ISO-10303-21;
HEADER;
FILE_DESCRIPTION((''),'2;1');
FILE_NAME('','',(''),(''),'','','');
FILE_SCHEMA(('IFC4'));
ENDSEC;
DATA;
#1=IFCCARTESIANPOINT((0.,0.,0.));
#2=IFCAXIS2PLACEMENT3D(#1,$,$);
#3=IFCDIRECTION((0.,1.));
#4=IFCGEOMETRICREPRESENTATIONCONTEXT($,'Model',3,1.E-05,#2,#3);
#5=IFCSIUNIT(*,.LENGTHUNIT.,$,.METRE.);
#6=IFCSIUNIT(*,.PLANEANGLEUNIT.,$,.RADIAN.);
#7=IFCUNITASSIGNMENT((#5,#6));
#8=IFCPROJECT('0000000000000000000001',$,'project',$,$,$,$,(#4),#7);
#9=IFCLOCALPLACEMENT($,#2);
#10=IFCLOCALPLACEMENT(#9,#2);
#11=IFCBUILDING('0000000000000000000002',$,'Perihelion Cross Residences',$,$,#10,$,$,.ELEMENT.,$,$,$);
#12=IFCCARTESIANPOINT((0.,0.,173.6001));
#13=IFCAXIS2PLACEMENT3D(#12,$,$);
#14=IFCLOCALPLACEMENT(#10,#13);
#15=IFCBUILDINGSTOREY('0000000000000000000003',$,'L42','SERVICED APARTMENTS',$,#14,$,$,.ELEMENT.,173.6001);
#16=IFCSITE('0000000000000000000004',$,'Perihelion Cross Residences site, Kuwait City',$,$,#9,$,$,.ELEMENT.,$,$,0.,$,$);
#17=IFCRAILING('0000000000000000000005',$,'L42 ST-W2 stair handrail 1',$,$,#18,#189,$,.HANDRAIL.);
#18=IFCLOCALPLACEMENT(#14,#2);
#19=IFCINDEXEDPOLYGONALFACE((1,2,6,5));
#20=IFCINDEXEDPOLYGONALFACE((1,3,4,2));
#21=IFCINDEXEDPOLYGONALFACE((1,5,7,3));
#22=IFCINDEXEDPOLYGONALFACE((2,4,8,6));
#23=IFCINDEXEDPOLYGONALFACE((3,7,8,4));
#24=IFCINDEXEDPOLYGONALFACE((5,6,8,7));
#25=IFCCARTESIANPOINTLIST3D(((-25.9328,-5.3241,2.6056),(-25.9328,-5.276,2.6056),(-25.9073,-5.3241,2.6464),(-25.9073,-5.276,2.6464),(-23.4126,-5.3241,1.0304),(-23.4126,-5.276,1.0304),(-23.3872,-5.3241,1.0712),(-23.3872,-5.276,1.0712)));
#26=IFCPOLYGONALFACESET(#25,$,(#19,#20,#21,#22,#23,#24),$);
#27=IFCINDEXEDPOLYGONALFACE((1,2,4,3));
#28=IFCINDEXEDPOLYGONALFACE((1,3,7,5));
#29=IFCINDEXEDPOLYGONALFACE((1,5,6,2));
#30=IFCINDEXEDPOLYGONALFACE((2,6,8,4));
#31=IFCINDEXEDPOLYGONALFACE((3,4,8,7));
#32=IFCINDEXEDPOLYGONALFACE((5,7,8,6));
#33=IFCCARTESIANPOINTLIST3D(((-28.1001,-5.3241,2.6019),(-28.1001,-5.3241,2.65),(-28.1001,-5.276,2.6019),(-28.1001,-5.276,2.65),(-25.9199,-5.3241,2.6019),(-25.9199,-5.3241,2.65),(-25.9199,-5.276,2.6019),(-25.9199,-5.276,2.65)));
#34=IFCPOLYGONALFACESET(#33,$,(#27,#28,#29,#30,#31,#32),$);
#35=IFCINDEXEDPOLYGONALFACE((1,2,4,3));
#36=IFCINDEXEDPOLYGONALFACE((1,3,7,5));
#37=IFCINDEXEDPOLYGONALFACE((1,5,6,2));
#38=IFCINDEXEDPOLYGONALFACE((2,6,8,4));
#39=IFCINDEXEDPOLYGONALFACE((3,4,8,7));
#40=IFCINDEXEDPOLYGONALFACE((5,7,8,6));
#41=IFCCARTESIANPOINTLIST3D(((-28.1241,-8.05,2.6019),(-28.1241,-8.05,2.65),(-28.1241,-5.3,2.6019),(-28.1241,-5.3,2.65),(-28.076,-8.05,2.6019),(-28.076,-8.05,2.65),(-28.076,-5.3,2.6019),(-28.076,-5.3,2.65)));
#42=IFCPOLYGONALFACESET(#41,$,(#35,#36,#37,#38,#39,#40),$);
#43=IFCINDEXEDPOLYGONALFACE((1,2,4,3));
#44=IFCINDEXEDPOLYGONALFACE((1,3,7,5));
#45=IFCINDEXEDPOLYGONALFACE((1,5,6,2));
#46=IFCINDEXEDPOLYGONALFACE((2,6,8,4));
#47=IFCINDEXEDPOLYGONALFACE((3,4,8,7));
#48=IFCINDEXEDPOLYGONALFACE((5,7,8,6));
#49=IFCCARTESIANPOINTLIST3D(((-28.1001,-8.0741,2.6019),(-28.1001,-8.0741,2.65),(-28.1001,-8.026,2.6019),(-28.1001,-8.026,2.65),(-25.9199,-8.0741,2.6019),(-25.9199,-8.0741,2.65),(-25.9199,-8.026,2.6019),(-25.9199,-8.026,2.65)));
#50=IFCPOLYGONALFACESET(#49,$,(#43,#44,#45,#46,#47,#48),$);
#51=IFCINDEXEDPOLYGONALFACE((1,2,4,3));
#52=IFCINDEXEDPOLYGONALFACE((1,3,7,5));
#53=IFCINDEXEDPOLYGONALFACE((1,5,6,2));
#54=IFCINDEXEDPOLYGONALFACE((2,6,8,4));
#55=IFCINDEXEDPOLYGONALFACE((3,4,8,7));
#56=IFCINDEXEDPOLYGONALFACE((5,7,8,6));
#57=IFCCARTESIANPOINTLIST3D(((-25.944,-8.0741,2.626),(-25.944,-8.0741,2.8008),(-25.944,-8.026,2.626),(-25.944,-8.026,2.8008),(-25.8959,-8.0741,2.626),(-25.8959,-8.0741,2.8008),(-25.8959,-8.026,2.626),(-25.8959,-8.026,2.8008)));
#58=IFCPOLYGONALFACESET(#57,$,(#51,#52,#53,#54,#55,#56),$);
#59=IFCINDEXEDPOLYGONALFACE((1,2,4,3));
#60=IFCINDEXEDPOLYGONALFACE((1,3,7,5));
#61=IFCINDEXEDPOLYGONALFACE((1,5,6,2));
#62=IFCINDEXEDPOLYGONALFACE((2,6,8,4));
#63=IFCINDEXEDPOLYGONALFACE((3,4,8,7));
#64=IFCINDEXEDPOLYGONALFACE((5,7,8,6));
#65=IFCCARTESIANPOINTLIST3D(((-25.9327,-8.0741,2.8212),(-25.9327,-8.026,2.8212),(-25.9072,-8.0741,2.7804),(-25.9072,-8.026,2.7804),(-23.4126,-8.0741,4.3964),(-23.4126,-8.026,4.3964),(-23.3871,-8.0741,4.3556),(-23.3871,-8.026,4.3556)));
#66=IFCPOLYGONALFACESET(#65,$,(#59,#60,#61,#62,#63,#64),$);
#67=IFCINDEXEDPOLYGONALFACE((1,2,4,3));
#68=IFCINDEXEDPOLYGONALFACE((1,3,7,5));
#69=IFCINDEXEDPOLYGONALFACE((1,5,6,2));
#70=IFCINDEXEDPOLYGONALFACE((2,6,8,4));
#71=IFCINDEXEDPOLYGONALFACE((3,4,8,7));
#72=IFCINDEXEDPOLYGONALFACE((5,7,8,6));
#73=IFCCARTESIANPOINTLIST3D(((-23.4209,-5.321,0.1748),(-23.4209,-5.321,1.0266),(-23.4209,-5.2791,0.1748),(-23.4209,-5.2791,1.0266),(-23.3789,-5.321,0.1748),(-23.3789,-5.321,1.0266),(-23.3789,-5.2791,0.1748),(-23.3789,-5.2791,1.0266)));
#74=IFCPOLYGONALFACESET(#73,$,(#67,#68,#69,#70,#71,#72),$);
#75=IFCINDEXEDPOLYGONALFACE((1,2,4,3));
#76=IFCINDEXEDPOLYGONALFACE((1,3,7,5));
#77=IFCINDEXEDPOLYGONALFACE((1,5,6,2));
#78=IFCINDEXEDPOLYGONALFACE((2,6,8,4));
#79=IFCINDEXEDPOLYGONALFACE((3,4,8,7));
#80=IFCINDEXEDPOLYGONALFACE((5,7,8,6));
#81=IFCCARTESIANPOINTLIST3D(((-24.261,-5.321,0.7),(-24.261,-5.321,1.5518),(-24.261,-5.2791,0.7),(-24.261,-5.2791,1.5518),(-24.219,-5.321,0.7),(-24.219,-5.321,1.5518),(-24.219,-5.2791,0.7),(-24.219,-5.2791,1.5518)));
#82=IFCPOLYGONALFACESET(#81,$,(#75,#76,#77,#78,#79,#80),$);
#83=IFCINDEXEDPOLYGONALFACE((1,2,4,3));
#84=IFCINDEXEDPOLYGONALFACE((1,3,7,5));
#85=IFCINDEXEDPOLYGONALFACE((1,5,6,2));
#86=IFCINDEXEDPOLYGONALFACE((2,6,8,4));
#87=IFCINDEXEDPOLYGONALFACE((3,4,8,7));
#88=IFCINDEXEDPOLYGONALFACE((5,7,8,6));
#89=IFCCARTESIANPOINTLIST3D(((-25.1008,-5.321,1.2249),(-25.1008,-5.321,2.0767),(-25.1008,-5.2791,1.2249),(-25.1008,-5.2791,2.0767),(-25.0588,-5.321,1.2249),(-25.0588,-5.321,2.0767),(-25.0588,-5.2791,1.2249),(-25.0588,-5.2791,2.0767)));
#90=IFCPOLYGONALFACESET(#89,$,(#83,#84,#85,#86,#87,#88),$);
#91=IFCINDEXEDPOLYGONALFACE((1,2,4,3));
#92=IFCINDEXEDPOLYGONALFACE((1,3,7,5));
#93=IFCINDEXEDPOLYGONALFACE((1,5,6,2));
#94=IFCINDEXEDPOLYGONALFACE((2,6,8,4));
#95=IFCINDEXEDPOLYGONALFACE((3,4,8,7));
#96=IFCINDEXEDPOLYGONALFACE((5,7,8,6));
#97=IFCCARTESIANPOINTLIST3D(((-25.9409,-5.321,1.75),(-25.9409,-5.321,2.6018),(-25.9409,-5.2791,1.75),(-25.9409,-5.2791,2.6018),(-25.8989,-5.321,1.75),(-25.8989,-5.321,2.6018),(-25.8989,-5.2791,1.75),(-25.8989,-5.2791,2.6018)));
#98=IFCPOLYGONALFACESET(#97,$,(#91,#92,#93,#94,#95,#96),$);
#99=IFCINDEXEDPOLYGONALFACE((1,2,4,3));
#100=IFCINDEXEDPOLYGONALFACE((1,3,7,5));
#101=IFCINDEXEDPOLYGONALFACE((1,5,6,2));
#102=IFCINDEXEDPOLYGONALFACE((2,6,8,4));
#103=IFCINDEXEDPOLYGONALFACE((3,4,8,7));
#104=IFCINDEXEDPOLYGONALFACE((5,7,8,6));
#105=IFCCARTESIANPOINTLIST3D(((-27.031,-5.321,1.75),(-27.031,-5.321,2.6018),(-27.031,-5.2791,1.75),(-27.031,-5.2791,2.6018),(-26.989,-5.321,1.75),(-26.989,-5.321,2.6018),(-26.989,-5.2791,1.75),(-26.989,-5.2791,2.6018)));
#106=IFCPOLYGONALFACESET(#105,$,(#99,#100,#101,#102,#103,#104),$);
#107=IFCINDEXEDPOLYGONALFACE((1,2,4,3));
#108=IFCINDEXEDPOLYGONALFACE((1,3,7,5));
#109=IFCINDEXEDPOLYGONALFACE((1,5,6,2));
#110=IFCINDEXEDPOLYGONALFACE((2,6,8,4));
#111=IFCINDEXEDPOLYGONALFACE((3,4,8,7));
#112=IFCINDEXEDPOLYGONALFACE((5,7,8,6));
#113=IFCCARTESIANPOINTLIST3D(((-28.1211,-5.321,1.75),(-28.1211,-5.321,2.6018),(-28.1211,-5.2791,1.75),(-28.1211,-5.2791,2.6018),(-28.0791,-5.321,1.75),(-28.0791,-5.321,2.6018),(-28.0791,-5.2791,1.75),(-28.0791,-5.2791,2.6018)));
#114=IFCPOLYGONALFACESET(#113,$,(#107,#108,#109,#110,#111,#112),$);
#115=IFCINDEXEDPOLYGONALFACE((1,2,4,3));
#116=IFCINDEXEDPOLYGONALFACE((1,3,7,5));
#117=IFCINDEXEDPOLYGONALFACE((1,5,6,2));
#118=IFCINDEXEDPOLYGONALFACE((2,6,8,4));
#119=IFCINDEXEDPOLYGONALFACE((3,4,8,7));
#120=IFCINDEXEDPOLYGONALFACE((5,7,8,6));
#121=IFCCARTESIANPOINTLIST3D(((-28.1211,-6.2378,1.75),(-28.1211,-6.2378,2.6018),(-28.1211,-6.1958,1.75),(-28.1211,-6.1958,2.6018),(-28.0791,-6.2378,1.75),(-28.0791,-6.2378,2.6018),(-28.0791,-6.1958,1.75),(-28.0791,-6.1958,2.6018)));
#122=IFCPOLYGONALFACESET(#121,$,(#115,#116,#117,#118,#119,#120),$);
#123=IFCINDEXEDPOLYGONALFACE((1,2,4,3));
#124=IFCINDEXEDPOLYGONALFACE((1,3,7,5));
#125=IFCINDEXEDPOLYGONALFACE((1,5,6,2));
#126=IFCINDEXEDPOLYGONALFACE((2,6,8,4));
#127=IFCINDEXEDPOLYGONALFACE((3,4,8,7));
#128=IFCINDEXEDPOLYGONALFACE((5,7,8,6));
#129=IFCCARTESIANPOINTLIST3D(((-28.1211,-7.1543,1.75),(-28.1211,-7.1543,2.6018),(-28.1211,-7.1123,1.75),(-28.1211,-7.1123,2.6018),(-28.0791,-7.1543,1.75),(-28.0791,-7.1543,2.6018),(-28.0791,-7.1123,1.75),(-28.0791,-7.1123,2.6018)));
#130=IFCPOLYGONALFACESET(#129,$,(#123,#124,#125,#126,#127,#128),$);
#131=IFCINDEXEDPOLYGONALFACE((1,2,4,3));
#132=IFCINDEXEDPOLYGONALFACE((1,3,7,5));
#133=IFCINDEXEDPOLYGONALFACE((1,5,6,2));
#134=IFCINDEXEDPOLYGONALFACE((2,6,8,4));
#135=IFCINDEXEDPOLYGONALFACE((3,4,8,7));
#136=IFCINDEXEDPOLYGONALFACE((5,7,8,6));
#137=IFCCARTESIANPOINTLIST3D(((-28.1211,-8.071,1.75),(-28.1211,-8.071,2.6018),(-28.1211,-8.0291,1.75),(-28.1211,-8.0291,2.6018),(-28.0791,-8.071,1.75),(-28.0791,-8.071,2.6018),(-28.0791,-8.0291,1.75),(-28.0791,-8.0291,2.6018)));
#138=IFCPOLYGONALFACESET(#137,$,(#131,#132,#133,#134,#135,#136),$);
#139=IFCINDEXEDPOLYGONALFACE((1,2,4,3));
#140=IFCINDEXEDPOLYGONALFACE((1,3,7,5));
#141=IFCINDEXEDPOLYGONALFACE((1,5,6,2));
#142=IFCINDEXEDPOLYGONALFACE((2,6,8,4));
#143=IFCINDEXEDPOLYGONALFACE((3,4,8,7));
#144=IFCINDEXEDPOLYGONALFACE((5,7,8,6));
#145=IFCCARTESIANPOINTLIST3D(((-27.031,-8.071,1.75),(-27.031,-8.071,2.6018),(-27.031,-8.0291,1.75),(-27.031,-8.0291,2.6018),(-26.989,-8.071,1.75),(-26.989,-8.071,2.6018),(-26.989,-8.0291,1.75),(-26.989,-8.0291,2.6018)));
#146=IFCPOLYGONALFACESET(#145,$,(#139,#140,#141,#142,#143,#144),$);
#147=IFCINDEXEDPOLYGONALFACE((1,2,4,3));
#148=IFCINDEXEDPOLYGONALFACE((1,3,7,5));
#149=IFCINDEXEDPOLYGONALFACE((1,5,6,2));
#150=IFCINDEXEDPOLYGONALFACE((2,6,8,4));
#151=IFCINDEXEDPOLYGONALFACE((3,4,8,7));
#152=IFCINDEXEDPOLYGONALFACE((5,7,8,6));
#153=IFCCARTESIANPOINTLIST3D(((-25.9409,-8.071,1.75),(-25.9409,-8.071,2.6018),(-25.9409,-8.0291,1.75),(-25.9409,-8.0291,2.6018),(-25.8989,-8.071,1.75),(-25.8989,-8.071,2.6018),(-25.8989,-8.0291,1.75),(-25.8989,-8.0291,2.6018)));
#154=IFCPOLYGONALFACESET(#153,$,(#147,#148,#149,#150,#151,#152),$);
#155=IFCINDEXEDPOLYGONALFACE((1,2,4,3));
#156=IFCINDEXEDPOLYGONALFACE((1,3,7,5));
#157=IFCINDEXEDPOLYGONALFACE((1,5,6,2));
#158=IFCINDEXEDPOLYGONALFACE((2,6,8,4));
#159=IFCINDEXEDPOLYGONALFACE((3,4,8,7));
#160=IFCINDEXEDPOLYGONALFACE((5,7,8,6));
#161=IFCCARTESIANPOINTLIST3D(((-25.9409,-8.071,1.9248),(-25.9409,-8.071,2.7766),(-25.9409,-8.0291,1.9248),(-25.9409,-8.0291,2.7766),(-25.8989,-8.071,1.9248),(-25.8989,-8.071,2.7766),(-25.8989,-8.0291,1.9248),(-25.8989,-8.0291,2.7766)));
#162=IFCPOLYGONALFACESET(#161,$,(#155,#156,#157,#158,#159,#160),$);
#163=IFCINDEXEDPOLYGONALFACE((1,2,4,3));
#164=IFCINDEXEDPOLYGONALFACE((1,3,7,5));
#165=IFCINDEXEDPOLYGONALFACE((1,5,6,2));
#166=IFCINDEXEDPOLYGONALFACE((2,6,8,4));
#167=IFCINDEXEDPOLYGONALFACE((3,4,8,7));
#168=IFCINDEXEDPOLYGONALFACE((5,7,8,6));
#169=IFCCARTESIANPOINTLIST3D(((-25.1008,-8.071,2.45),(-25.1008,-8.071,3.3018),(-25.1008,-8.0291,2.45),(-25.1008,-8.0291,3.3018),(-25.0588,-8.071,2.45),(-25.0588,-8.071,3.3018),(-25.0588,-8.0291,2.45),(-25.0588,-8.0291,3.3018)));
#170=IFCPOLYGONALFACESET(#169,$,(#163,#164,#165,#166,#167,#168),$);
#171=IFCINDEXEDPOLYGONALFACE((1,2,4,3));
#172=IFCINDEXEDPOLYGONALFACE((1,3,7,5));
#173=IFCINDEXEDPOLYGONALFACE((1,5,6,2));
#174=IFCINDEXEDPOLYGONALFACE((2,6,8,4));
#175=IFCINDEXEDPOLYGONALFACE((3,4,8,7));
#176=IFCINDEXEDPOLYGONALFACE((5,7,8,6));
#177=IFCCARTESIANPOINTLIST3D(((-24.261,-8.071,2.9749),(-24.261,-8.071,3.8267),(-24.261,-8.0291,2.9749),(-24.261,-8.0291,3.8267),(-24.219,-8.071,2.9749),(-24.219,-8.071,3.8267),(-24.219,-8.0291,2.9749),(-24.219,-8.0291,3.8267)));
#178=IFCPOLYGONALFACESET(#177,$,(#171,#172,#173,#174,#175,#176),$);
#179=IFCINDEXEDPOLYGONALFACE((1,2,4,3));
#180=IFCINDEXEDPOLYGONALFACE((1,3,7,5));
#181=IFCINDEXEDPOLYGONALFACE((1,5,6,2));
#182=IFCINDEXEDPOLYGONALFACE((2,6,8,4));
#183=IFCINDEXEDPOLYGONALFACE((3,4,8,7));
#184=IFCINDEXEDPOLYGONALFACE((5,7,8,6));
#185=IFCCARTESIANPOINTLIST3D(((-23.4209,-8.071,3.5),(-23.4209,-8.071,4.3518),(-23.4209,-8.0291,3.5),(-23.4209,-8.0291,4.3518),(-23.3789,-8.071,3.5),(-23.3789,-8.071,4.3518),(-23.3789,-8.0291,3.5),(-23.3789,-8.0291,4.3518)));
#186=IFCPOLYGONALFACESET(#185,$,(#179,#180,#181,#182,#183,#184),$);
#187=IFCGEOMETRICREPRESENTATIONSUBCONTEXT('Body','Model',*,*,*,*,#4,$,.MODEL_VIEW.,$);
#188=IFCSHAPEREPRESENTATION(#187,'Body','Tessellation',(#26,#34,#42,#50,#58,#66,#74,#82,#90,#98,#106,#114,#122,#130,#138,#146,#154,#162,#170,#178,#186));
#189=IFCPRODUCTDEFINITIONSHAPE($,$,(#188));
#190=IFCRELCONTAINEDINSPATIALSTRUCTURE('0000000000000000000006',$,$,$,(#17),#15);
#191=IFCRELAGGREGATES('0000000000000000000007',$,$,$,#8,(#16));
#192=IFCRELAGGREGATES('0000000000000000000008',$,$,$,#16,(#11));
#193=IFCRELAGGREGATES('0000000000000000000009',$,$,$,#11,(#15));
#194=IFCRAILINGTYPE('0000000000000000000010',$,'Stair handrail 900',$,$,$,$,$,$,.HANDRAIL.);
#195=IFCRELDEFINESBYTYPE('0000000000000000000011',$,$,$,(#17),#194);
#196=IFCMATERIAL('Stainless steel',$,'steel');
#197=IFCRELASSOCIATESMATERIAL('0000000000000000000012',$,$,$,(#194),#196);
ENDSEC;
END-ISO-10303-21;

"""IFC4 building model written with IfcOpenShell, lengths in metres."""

from ifc_helpers import new_model, si_unit, direction, frame, origin, origin_2d, place, context, subcontext, project, spatial, rectangle, extrude, material, type_object, element, save


model = new_model("IFC4")

# Units and contexts
model_context = context("Model", 3, precision=1e-05, world=origin(), true_north=direction((0.0, 1.0)))
body_context = subcontext(model_context, "Body", "Model", "MODEL_VIEW")
ifc_project = project(units=[si_unit("LENGTHUNIT", "METRE"), si_unit("PLANEANGLEUNIT", "RADIAN")], contexts=[model_context])

# Site, building, storey
site_placement = place(None, origin())
site = spatial("IfcSite", under=ifc_project, at=site_placement, Name="Perihelion Cross Residences site, Kuwait City", CompositionType="ELEMENT", RefElevation=0.0)
building_placement = place(site_placement, origin())
building = spatial("IfcBuilding", under=site, at=building_placement, Name="Perihelion Cross Residences", CompositionType="ELEMENT")
storey_placement = place(building_placement, frame((0.0, 0.0, 173.6001)))
storey = spatial("IfcBuildingStorey", under=building, at=storey_placement, Name="L42", Description="SERVICED APARTMENTS", CompositionType="ELEMENT", Elevation=173.6001)

# Railing
ifc_material_1 = material(Name="Stainless steel", Category="steel")
railing_type_1 = type_object("IfcRailingType", Name="Stair handrail 900", PredefinedType="HANDRAIL", material=ifc_material_1)
railing_1_placement = place(storey_placement, frame((-23.3999, -5.3, 0.1748)))
element("IfcRailing", 1, at=railing_1_placement, inside=storey, type_object=railing_type_1, Name="L42 ST-W2 stair handrail 1", PredefinedType="HANDRAIL", context=body_context, shape_type="SweptSolid", body=[
    extrude(rectangle(XDim=0.0481, YDim=0.0481, at=origin_2d()), frame((0.0, 0.0, 0.876), z_axis=(-0.847971, 0.0, 0.530043), x_axis=(0.0, -1.0, 0.0)), (0.0, 0.0, 1.0), 2.9719),
    extrude(rectangle(XDim=0.0481, YDim=0.0481, at=origin_2d()), frame((-2.52, 0.0, 2.4512), z_axis=(-1.0, 0.0, 0.0), x_axis=(0.0, -1.0, 0.0)), (0.0, 0.0, 1.0), 2.1802),
    extrude(rectangle(XDim=0.0481, YDim=0.0481, at=origin_2d()), frame((-4.7002, 0.0, 2.4512), z_axis=(0.0, -1.0, 0.0), x_axis=(1.0, 0.0, 0.0)), (0.0, 0.0, 1.0), 2.75),
    extrude(rectangle(XDim=0.0481, YDim=0.0481, at=origin_2d()), frame((-4.7002, -2.75, 2.4512), z_axis=(1.0, 0.0, 0.0), x_axis=(0.0, 1.0, 0.0)), (0.0, 0.0, 1.0), 2.1802),
    extrude(rectangle(XDim=0.0481, YDim=0.0481, at=origin_2d()), frame((-2.52, -2.75, 2.4512), z_axis=(0.0, 0.0, 1.0), x_axis=(1.0, 0.0, 0.0)), (0.0, 0.0, 1.0), 0.1748),
    extrude(rectangle(XDim=0.0481, YDim=0.0481, at=origin_2d()), frame((-2.52, -2.75, 2.626), z_axis=(0.847971, 0.0, 0.530043), x_axis=(0.0, 1.0, 0.0)), (0.0, 0.0, 1.0), 2.9719),
    extrude(rectangle(XDim=0.042, YDim=0.042, at=origin_2d()), origin(), (0.0, 0.0, 1.0), 0.8518),
    extrude(rectangle(XDim=0.042, YDim=0.042, at=origin_2d()), frame((-0.8401, 0.0, 0.5251)), (0.0, 0.0, 1.0), 0.8518),
    extrude(rectangle(XDim=0.042, YDim=0.042, at=origin_2d()), frame((-1.6799, 0.0, 1.05)), (0.0, 0.0, 1.0), 0.8518),
    extrude(rectangle(XDim=0.042, YDim=0.042, at=origin_2d()), frame((-2.52, 0.0, 1.5752)), (0.0, 0.0, 1.0), 0.8518),
    extrude(rectangle(XDim=0.042, YDim=0.042, at=origin_2d()), frame((-3.6101, 0.0, 1.5752)), (0.0, 0.0, 1.0), 0.8518),
    extrude(rectangle(XDim=0.042, YDim=0.042, at=origin_2d()), frame((-4.7002, 0.0, 1.5752)), (0.0, 0.0, 1.0), 0.8518),
    extrude(rectangle(XDim=0.042, YDim=0.042, at=origin_2d()), frame((-4.7002, -0.9167, 1.5752)), (0.0, 0.0, 1.0), 0.8518),
    extrude(rectangle(XDim=0.042, YDim=0.042, at=origin_2d()), frame((-4.7002, -1.8333, 1.5752)), (0.0, 0.0, 1.0), 0.8518),
    extrude(rectangle(XDim=0.042, YDim=0.042, at=origin_2d()), frame((-4.7002, -2.75, 1.5752)), (0.0, 0.0, 1.0), 0.8518),
    extrude(rectangle(XDim=0.042, YDim=0.042, at=origin_2d()), frame((-3.6101, -2.75, 1.5752)), (0.0, 0.0, 1.0), 0.8518),
    extrude(rectangle(XDim=0.042, YDim=0.042, at=origin_2d()), frame((-2.52, -2.75, 1.5752)), (0.0, 0.0, 1.0), 0.8518),
    extrude(rectangle(XDim=0.042, YDim=0.042, at=origin_2d()), frame((-2.52, -2.75, 1.75)), (0.0, 0.0, 1.0), 0.8518),
    extrude(rectangle(XDim=0.042, YDim=0.042, at=origin_2d()), frame((-1.6799, -2.75, 2.2751)), (0.0, 0.0, 1.0), 0.8518),
    extrude(rectangle(XDim=0.042, YDim=0.042, at=origin_2d()), frame((-0.8401, -2.75, 2.8)), (0.0, 0.0, 1.0), 0.8518),
    extrude(rectangle(XDim=0.042, YDim=0.042, at=origin_2d()), frame((0.0, -2.75, 3.3252)), (0.0, 0.0, 1.0), 0.8518),
])

save(model, "model.ifc")
